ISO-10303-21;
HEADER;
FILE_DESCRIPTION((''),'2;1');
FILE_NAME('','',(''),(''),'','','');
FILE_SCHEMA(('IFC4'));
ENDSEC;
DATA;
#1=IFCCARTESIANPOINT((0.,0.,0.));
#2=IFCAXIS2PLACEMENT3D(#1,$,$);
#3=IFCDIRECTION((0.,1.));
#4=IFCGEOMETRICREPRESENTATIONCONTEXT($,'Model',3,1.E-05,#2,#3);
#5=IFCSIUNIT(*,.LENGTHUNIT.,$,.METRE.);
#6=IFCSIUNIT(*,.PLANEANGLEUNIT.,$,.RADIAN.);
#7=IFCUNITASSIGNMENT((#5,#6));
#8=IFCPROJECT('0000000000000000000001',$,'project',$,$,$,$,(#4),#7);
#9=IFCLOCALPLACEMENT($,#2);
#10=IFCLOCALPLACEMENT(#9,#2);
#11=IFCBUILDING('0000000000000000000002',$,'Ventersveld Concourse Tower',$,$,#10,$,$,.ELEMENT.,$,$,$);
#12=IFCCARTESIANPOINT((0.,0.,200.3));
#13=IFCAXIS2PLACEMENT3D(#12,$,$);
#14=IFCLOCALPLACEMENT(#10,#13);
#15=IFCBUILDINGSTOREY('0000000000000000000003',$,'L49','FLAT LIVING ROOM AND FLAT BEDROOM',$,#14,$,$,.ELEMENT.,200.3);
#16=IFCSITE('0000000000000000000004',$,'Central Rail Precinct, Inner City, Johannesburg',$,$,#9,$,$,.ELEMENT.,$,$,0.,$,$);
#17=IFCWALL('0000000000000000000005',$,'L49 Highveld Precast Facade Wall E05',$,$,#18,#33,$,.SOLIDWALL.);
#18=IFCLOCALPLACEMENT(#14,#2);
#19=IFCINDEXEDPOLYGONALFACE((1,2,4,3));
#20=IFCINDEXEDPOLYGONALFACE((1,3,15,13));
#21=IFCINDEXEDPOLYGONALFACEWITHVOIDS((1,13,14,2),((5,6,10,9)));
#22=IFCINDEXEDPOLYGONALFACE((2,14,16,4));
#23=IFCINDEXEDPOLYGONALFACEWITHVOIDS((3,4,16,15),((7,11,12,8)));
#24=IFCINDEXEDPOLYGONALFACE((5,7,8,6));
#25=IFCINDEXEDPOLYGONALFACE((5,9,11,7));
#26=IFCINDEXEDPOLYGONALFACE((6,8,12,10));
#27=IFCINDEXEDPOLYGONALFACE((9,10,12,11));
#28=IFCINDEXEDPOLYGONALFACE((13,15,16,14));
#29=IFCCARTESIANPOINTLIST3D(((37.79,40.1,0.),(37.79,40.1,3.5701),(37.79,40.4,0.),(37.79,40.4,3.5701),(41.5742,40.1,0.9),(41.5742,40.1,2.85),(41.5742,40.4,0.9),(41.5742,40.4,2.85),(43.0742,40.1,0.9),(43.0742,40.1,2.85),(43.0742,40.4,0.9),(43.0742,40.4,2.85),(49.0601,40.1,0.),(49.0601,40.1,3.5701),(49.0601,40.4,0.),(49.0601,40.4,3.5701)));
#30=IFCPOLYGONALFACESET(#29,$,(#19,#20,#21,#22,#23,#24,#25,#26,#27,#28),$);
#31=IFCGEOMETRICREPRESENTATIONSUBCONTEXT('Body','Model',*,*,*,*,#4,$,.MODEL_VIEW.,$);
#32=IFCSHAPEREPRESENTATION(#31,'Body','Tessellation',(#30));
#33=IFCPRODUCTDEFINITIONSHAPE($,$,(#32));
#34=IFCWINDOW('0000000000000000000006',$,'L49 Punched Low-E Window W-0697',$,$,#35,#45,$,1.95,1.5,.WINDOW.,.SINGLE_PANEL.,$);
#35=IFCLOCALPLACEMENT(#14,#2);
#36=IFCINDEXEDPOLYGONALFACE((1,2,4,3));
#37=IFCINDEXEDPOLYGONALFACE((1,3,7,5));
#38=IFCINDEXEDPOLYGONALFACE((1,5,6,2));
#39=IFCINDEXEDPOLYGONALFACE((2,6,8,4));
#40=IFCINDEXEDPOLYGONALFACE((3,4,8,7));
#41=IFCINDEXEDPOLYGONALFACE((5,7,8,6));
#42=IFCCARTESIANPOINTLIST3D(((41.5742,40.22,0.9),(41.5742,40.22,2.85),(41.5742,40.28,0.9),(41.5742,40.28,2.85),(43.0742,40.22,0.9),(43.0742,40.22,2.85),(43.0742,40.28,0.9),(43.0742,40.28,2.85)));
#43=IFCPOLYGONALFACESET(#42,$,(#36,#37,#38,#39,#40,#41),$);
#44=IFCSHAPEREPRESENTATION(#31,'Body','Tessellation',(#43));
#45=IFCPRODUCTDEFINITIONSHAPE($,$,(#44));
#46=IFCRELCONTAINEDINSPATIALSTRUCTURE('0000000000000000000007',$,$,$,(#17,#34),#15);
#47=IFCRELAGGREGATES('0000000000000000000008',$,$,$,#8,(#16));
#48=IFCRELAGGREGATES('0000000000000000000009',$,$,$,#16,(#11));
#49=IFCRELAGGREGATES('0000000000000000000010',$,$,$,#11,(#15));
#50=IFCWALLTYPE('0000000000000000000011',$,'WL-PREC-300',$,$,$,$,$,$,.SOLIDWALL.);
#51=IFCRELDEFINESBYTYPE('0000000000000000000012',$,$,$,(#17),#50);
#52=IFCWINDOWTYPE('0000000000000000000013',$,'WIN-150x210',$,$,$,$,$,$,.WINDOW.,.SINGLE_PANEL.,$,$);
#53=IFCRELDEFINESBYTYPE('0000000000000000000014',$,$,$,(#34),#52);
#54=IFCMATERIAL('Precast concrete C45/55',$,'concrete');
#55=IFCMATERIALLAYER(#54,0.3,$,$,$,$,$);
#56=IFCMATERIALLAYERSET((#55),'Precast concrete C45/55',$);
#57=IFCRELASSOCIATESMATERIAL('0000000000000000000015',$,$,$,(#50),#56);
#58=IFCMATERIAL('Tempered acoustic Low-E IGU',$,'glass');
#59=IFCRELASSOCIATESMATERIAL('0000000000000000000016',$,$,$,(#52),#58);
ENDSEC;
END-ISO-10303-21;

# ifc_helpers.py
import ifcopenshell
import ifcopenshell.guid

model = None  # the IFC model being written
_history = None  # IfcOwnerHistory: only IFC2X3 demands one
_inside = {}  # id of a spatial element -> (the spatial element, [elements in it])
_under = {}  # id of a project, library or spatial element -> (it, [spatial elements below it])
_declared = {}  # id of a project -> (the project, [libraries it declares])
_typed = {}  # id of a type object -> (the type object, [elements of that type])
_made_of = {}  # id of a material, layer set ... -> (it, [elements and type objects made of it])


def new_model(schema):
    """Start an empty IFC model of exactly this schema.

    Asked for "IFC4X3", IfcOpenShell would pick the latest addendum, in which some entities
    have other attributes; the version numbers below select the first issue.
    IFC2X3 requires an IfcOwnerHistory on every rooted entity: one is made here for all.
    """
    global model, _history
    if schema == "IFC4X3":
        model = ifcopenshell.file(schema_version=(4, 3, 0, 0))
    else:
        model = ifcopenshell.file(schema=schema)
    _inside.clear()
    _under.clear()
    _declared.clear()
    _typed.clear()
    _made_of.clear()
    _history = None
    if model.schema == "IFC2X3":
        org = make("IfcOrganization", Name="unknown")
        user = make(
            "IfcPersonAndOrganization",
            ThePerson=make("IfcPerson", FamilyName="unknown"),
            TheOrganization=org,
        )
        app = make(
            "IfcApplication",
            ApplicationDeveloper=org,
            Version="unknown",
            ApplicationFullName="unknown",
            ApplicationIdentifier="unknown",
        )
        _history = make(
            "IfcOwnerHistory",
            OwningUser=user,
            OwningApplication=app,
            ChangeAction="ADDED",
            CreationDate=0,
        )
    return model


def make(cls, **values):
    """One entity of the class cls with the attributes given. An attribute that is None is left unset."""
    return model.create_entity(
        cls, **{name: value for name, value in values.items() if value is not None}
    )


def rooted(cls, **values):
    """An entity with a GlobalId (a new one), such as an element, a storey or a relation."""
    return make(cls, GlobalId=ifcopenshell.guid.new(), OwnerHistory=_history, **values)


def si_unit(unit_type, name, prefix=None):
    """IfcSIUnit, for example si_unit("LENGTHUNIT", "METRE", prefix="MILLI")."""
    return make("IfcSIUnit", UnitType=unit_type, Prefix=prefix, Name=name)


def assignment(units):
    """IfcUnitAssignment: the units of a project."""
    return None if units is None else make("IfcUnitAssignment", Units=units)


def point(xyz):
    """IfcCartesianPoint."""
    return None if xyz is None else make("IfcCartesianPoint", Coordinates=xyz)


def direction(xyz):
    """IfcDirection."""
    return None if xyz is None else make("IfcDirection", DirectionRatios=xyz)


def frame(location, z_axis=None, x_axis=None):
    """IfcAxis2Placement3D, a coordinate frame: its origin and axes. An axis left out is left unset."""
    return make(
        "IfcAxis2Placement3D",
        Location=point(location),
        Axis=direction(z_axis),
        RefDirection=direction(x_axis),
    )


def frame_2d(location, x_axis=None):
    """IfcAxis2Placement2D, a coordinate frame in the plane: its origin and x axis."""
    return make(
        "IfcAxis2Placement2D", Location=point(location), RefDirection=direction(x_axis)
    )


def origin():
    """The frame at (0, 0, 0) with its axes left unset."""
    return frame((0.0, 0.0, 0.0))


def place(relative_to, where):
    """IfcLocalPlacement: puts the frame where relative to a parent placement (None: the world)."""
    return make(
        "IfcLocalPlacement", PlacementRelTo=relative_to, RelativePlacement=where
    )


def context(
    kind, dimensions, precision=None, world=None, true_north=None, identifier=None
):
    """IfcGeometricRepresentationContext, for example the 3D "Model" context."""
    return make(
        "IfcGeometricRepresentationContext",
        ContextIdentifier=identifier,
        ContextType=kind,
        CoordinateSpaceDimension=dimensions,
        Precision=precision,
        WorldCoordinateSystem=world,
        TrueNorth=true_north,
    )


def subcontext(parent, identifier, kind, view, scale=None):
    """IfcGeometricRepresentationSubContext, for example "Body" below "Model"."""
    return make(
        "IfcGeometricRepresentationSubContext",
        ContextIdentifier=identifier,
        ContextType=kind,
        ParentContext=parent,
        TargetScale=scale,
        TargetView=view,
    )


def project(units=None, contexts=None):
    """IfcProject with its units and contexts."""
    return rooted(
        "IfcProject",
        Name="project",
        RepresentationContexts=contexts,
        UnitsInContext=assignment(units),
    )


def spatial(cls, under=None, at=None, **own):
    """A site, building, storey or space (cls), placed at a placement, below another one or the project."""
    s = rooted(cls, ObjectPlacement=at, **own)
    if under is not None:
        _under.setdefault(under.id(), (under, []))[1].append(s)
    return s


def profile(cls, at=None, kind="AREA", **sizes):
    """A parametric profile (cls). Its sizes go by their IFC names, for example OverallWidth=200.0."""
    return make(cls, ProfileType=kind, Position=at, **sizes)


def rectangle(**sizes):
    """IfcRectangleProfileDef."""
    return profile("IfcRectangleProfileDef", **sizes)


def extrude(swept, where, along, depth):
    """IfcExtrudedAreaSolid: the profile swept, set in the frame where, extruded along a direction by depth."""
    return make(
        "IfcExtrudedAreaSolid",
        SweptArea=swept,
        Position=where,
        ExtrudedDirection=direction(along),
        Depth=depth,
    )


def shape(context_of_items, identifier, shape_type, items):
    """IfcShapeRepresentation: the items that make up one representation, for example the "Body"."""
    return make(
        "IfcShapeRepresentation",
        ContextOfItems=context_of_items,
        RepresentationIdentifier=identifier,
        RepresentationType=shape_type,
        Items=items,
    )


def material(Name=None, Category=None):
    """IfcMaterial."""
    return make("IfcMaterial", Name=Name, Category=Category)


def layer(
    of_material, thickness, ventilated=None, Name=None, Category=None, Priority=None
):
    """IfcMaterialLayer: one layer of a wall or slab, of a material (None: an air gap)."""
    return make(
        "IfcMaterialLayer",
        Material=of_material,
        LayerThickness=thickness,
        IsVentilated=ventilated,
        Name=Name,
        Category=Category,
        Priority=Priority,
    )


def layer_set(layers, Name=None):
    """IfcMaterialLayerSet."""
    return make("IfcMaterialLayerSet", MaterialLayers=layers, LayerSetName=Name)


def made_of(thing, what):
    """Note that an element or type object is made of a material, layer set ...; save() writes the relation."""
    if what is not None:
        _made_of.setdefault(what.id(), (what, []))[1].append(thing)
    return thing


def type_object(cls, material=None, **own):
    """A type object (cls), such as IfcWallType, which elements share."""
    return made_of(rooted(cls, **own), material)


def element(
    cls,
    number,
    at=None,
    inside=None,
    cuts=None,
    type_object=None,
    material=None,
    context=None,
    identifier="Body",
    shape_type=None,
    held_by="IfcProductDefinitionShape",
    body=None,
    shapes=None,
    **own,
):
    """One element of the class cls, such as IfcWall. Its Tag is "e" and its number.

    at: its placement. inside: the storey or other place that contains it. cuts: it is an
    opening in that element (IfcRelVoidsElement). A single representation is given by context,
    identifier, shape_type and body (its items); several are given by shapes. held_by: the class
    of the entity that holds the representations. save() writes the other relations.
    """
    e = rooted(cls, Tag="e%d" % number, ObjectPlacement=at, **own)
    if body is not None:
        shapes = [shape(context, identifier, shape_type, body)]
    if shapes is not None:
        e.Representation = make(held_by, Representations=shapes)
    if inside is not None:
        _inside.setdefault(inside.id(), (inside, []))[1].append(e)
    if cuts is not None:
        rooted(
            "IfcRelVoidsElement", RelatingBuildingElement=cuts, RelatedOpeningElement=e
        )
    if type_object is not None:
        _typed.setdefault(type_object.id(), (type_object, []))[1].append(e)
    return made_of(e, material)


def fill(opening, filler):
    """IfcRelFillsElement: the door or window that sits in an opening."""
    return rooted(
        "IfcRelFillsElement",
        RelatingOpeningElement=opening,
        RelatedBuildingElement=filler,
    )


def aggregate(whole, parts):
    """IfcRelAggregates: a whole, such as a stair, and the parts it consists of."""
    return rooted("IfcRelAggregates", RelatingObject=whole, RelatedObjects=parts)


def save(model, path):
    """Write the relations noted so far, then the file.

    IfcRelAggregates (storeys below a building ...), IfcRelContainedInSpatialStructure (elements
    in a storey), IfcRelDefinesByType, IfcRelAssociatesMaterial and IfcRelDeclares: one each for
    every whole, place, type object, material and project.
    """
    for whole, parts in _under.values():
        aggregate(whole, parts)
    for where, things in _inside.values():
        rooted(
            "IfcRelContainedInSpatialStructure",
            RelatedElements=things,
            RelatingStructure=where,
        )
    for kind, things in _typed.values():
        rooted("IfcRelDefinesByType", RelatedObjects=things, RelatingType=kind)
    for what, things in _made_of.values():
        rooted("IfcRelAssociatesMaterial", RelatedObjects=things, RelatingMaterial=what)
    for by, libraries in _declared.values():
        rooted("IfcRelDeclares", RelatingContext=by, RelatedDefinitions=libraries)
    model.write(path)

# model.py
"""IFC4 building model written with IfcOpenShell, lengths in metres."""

from ifc_helpers import new_model, si_unit, direction, frame, frame_2d, origin, place, context, subcontext, project, spatial, rectangle, extrude, material, layer, layer_set, type_object, element, fill, save


model = new_model("IFC4")

# Units and contexts
model_context = context("Model", 3, precision=1e-05, world=origin(), true_north=direction((0.0, 1.0)))
body_context = subcontext(model_context, "Body", "Model", "MODEL_VIEW")
ifc_project = project(units=[si_unit("LENGTHUNIT", "METRE"), si_unit("PLANEANGLEUNIT", "RADIAN")], contexts=[model_context])

# Site, building, storey
site_placement = place(None, origin())
site = spatial("IfcSite", under=ifc_project, at=site_placement, Name="Central Rail Precinct, Inner City, Johannesburg", CompositionType="ELEMENT", RefElevation=0.0)
building_placement = place(site_placement, origin())
building = spatial("IfcBuilding", under=site, at=building_placement, Name="Ventersveld Concourse Tower", CompositionType="ELEMENT")
storey_placement = place(building_placement, frame((0.0, 0.0, 200.3)))
storey = spatial("IfcBuildingStorey", under=building, at=storey_placement, Name="L49", Description="FLAT LIVING ROOM AND FLAT BEDROOM", CompositionType="ELEMENT", Elevation=200.3)

# Shared definitions
ifc_material_1 = material(Name="Precast concrete C45/55", Category="concrete")
ifc_layer_1 = layer(ifc_material_1, 0.3)
ifc_layer_set_1 = layer_set([ifc_layer_1], Name="Precast concrete C45/55")
wall_type_1 = type_object("IfcWallType", Name="WL-PREC-300", PredefinedType="SOLIDWALL", material=ifc_layer_set_1)

# Wall, opening, window
wall_1_placement = place(storey_placement, frame((49.0601, 40.25, 0.0), z_axis=(0.0, 0.0, 1.0), x_axis=(-1.0, 0.0, 0.0)))
wall_1 = element("IfcWall", 1, at=wall_1_placement, inside=storey, type_object=wall_type_1, Name="L49 Highveld Precast Facade Wall E05", PredefinedType="SOLIDWALL", context=body_context, shape_type="SweptSolid", body=[
    extrude(rectangle(XDim=11.27, YDim=0.3, at=frame_2d((5.635, 0.0))), origin(), (0.0, 0.0, 1.0), 3.5701),
])
opening_1_placement = place(wall_1_placement, frame((5.9858, 0.0, 0.8999)))
opening_1 = element("IfcOpeningElement", 2, at=opening_1_placement, cuts=wall_1, PredefinedType="OPENING", context=body_context, shape_type="SweptSolid", body=[
    extrude(rectangle(XDim=1.5, YDim=1.95, at=frame_2d((0.75, 0.9751))), frame((0.0, 0.1602, 0.0), z_axis=(0.0, -1.0, 0.0), x_axis=(1.0, 0.0, 0.0)), (0.0, 0.0, 1.0), 0.3201),
])
ifc_material_2 = material(Name="Tempered acoustic Low-E IGU", Category="glass")
window_type = type_object("IfcWindowType", Name="WIN-150x210", PartitioningType="SINGLE_PANEL", PredefinedType="WINDOW", material=ifc_material_2)
window_placement = place(opening_1_placement, origin())
window = element("IfcWindow", 3, at=window_placement, inside=storey, type_object=window_type, Name="L49 Punched Low-E Window W-0697", OverallHeight=1.95, OverallWidth=1.5, PartitioningType="SINGLE_PANEL", PredefinedType="WINDOW", context=body_context, shape_type="SweptSolid", body=[
    extrude(rectangle(XDim=1.5, YDim=1.95, at=frame_2d((0.75, 0.9751))), frame((0.0, 0.03, 0.0), z_axis=(0.0, -1.0, 0.0), x_axis=(1.0, 0.0, 0.0)), (0.0, 0.0, 1.0), 0.0601),
])
fill(opening_1, window)

save(model, "model.ifc")
